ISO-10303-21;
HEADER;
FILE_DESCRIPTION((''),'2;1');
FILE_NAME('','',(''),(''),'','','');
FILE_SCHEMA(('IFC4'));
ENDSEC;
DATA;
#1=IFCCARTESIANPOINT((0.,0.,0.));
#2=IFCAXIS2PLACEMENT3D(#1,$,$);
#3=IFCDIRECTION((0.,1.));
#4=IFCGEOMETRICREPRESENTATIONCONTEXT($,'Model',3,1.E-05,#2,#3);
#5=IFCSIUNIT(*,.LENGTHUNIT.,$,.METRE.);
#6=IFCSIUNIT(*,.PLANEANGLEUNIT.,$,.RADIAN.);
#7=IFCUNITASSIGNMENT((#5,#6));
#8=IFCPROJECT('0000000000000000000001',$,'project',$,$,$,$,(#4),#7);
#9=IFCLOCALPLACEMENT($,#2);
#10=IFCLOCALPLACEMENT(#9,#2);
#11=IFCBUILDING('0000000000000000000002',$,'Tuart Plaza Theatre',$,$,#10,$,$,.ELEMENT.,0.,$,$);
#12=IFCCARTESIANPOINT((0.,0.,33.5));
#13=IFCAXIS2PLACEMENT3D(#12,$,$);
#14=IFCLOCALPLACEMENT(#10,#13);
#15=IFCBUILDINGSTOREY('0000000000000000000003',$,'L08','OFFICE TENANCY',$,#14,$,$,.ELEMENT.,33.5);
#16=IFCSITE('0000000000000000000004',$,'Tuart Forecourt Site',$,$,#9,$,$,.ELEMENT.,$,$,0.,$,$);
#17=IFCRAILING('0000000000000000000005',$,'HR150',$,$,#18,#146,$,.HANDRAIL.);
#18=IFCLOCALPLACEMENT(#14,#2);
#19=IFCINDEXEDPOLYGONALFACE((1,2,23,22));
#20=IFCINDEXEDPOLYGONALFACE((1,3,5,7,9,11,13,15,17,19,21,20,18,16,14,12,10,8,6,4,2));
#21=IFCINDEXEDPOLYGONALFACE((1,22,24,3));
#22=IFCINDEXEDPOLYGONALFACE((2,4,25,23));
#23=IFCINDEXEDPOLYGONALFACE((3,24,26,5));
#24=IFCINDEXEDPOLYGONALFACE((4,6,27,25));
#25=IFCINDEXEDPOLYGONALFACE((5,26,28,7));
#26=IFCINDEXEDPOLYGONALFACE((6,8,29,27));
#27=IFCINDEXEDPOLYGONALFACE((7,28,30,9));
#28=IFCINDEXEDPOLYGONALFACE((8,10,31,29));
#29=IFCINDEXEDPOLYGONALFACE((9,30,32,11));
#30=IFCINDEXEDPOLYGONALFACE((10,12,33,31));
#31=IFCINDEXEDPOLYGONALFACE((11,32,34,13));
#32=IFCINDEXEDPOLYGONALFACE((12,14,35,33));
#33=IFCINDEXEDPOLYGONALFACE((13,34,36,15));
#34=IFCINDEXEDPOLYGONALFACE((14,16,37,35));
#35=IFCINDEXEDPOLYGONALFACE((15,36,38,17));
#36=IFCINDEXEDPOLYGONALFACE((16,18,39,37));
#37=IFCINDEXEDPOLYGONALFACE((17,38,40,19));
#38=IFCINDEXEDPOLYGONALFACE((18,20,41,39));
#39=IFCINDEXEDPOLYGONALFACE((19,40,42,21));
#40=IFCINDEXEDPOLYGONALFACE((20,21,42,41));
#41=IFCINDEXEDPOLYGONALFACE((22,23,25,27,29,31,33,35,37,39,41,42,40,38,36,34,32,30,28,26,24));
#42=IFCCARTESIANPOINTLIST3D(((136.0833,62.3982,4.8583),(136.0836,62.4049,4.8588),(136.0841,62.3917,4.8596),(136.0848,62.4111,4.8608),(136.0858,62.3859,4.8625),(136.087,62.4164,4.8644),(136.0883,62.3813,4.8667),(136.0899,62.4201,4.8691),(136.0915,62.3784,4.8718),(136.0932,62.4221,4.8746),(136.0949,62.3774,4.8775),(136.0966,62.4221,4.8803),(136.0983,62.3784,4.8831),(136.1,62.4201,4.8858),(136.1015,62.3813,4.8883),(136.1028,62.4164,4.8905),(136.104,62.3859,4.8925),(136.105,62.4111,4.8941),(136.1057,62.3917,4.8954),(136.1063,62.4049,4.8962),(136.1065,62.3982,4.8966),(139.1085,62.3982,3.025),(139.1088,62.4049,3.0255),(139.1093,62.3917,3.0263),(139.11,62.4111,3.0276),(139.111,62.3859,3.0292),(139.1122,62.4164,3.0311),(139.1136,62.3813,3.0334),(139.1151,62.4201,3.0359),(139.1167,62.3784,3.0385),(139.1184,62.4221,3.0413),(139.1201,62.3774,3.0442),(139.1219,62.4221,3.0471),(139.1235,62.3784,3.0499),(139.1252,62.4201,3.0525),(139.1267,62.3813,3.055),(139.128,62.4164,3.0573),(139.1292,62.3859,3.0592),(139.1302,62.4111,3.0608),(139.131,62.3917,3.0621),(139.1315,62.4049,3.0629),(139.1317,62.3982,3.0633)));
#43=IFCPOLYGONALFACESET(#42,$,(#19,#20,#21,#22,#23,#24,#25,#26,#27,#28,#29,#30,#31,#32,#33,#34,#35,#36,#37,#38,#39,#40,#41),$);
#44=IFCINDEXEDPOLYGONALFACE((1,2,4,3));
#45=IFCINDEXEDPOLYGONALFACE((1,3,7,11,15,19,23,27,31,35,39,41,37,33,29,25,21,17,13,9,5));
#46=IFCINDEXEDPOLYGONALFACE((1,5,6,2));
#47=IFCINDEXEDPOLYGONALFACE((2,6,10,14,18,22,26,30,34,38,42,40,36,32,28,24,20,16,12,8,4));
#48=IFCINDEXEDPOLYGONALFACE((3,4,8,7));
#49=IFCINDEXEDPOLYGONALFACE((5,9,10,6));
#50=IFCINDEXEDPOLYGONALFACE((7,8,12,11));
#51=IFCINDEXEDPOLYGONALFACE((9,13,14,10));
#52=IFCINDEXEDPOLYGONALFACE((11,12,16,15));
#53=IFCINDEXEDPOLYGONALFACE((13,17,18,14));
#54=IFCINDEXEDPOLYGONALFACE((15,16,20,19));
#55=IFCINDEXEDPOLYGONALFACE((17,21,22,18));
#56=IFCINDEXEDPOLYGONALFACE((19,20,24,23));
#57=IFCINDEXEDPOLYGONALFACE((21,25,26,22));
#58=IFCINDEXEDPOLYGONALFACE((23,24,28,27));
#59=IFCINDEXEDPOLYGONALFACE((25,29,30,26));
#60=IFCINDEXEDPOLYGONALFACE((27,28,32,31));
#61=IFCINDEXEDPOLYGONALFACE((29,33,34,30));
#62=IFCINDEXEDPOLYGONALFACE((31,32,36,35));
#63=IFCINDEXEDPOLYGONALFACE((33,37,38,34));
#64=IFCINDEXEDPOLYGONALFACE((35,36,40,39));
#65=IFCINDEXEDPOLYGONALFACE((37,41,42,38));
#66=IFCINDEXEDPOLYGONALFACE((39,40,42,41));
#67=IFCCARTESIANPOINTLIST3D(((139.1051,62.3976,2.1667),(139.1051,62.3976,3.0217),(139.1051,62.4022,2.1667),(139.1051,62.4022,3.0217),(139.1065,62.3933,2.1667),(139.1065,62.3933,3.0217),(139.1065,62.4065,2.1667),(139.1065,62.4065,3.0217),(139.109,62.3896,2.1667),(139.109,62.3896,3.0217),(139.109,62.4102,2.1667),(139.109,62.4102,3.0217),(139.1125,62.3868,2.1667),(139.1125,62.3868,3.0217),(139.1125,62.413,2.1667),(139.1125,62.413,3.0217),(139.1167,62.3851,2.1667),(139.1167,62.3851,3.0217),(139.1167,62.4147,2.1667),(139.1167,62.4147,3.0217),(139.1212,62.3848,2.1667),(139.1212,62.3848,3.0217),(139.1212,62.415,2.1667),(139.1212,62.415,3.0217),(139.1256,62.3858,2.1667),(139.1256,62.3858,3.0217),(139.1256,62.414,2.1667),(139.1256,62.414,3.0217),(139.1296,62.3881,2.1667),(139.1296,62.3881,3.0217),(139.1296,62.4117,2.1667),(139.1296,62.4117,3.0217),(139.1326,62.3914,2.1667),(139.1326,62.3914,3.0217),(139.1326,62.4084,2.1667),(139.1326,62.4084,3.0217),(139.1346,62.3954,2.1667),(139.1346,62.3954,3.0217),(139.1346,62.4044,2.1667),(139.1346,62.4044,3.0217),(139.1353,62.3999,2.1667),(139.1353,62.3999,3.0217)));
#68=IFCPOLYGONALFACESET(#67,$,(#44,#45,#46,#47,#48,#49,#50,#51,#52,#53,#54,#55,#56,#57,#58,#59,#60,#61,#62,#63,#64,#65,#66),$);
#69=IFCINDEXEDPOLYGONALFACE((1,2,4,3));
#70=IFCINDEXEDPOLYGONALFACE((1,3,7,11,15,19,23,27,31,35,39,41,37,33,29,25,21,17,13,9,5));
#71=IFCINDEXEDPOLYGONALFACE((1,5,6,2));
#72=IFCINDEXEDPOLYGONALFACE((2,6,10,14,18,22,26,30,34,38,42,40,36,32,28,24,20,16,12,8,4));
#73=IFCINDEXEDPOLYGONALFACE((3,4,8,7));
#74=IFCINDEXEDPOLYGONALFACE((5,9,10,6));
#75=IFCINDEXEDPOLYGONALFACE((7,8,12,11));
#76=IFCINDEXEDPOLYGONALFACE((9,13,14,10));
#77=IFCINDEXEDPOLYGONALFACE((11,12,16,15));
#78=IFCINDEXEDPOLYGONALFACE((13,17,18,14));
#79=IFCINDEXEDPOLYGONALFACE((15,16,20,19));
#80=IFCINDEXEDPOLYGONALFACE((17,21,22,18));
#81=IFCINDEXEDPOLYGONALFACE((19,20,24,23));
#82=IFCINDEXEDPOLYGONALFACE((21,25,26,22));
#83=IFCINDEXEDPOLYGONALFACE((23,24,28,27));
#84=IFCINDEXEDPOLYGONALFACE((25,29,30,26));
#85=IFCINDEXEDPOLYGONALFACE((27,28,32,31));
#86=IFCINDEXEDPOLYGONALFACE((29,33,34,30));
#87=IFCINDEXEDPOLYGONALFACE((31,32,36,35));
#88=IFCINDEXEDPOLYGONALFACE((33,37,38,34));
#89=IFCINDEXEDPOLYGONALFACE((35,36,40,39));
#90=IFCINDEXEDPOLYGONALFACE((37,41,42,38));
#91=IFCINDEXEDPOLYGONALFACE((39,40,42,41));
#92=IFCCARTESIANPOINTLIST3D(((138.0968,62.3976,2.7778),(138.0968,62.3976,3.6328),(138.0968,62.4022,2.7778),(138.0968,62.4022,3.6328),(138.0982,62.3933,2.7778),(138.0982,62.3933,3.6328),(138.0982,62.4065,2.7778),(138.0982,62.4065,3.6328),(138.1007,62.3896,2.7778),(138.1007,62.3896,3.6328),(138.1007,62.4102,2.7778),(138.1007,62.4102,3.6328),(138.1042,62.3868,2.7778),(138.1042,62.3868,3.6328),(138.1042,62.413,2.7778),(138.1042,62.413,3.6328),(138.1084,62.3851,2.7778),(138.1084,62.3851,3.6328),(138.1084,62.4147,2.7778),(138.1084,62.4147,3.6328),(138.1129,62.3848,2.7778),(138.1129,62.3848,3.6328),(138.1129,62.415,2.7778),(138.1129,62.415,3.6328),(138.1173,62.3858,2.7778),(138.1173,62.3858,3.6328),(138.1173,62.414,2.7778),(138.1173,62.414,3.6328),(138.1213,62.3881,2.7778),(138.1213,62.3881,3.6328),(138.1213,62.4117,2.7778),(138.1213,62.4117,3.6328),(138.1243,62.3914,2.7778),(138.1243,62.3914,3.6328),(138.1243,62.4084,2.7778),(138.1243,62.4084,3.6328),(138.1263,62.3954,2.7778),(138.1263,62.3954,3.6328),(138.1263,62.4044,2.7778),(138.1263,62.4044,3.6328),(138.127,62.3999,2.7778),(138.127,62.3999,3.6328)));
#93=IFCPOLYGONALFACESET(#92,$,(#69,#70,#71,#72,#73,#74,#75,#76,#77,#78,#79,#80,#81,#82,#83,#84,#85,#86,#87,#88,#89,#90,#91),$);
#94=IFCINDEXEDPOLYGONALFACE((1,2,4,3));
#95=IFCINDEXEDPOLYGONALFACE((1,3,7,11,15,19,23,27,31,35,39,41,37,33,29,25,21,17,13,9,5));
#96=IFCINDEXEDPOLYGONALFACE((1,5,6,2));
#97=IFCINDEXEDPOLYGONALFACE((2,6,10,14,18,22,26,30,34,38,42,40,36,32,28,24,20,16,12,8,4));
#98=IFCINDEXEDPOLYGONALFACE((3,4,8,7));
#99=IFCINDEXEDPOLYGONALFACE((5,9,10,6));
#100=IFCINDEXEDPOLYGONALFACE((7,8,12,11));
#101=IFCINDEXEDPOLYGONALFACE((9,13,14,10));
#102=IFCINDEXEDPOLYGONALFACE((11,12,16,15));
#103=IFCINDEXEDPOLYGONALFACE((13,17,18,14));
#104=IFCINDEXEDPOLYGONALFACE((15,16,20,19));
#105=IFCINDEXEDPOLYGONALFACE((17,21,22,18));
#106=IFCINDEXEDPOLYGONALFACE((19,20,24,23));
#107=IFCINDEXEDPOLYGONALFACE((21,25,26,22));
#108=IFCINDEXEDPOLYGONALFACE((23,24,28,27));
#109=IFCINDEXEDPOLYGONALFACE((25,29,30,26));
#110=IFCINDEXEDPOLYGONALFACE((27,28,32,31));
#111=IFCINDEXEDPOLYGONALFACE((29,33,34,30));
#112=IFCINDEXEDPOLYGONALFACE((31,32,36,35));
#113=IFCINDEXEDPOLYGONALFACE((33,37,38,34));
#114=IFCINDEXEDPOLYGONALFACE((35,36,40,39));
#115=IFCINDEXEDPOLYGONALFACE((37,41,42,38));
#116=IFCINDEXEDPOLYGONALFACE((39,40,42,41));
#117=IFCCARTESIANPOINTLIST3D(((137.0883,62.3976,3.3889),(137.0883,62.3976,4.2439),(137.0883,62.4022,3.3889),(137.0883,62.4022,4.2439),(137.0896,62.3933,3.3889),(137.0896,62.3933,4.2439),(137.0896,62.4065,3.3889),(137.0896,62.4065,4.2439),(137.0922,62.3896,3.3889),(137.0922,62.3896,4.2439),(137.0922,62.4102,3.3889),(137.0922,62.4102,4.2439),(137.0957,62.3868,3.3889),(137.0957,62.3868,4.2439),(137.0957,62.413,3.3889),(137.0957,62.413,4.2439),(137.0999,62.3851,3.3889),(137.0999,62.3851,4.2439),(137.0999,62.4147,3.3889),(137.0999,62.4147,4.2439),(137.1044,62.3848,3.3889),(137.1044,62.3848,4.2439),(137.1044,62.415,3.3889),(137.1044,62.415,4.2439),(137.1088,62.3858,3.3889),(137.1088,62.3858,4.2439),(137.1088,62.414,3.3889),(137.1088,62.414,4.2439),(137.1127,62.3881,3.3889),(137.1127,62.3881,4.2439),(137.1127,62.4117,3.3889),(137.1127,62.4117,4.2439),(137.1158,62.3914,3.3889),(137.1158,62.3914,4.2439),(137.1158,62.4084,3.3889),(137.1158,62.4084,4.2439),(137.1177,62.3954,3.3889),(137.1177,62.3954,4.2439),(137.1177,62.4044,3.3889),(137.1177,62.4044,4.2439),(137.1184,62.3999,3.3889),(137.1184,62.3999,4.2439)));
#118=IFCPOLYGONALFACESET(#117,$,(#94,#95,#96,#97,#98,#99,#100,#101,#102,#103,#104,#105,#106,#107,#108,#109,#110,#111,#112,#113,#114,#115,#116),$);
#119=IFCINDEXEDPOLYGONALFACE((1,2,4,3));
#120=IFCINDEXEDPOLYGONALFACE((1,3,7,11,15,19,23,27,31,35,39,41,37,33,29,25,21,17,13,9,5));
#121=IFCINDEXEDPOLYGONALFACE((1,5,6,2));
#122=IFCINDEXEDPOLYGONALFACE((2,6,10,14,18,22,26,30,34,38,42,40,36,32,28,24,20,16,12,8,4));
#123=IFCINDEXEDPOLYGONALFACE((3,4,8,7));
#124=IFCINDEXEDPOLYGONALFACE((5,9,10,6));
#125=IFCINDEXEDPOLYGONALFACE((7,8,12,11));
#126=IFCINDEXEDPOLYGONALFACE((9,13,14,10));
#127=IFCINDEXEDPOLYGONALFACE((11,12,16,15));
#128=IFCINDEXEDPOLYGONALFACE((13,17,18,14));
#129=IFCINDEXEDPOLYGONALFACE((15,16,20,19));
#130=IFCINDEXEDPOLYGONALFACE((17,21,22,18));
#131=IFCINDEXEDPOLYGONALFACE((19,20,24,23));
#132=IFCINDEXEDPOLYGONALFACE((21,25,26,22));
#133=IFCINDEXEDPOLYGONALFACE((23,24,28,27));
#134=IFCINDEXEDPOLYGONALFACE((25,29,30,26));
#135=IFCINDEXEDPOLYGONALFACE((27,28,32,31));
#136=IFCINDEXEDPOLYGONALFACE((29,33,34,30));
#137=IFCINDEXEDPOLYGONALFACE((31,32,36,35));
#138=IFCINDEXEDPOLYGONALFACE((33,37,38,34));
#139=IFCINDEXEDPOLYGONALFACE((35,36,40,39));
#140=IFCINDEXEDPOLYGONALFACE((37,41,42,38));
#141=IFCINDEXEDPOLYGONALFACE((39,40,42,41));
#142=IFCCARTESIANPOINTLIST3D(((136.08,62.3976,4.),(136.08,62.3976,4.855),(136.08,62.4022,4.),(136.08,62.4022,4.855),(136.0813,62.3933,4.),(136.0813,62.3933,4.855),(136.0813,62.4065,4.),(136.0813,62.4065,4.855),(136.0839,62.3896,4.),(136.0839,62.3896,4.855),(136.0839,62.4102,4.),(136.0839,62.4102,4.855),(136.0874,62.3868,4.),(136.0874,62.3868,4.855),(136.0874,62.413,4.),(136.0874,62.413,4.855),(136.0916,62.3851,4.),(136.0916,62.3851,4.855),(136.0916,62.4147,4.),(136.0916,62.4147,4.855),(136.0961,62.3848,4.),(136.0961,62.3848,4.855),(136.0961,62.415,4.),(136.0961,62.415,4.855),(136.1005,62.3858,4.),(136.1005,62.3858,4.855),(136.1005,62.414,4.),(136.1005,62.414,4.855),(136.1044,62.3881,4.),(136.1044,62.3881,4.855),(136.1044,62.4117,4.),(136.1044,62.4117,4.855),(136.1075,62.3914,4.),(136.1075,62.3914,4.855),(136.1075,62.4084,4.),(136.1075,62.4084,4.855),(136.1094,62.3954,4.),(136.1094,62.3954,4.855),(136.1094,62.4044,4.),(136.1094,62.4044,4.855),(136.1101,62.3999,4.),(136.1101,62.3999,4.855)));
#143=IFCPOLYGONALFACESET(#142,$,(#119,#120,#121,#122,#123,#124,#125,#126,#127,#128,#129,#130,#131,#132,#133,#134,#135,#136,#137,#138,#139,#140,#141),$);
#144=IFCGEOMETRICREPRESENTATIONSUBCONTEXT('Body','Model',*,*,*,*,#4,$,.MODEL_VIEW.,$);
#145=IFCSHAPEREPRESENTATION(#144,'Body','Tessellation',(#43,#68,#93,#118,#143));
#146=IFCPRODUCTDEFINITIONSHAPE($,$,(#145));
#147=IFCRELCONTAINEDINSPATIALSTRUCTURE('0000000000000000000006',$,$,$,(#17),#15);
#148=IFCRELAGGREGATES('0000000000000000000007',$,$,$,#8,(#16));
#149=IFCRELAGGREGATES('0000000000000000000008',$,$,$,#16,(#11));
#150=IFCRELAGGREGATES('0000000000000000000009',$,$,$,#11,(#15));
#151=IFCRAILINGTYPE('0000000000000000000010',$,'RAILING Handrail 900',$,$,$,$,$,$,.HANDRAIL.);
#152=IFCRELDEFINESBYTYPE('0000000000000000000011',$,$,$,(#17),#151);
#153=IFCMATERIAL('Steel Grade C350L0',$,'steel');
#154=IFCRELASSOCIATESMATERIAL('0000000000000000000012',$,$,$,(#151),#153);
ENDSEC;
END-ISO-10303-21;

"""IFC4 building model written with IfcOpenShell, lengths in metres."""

from ifc_helpers import new_model, si_unit, direction, frame, origin, origin_2d, place, context, subcontext, project, spatial, circle, extrude, material, type_object, element, save


model = new_model("IFC4")

# Units and contexts
model_context = context("Model", 3, precision=1e-05, world=origin(), true_north=direction((0.0, 1.0)))
body_context = subcontext(model_context, "Body", "Model", "MODEL_VIEW")
ifc_project = project(units=[si_unit("LENGTHUNIT", "METRE"), si_unit("PLANEANGLEUNIT", "RADIAN")], contexts=[model_context])

# Site, building, storey
site_placement = place(None, origin())
site = spatial("IfcSite", under=ifc_project, at=site_placement, Name="Tuart Forecourt Site", CompositionType="ELEMENT", RefElevation=0.0)
building_placement = place(site_placement, origin())
building = spatial("IfcBuilding", under=site, at=building_placement, Name="Tuart Plaza Theatre", CompositionType="ELEMENT", ElevationOfRefHeight=0.0)
storey_placement = place(building_placement, frame((0.0, 0.0, 33.5)))
storey = spatial("IfcBuildingStorey", under=building, at=storey_placement, Name="L08", Description="OFFICE TENANCY", CompositionType="ELEMENT", Elevation=33.5)

# Railing
ifc_material_1 = material(Name="Steel Grade C350L0", Category="steel")
railing_type_1 = type_object("IfcRailingType", Name="RAILING Handrail 900", PredefinedType="HANDRAIL", material=ifc_material_1)
for number, where, name in (
    (1, (139.1201, 62.3999, 2.1667), "HR150"),
):
    element("IfcRailing", number, at=place(storey_placement, frame(where)), inside=storey, type_object=railing_type_1, Name=name, PredefinedType="HANDRAIL", context=body_context, shape_type="SweptSolid", body=[
        extrude(circle(Radius=0.0225, at=origin_2d()), frame((0.0, 0.0, 0.8774), z_axis=(-0.855219, 0.0, 0.518267), x_axis=(0.0, -1.0, 0.0)), (0.0, 0.0, 1.0), 3.5374),
        extrude(circle(Radius=0.0151, at=origin_2d()), origin(), (0.0, 0.0, 1.0), 0.855),
        extrude(circle(Radius=0.0151, at=origin_2d()), frame((-1.0083, 0.0, 0.6111)), (0.0, 0.0, 1.0), 0.855),
        extrude(circle(Radius=0.0151, at=origin_2d()), frame((-2.0168, 0.0, 1.2222)), (0.0, 0.0, 1.0), 0.855),
        extrude(circle(Radius=0.0151, at=origin_2d()), frame((-3.0251, 0.0, 1.8333)), (0.0, 0.0, 1.0), 0.855),
    ])

save(model, "model.ifc")
